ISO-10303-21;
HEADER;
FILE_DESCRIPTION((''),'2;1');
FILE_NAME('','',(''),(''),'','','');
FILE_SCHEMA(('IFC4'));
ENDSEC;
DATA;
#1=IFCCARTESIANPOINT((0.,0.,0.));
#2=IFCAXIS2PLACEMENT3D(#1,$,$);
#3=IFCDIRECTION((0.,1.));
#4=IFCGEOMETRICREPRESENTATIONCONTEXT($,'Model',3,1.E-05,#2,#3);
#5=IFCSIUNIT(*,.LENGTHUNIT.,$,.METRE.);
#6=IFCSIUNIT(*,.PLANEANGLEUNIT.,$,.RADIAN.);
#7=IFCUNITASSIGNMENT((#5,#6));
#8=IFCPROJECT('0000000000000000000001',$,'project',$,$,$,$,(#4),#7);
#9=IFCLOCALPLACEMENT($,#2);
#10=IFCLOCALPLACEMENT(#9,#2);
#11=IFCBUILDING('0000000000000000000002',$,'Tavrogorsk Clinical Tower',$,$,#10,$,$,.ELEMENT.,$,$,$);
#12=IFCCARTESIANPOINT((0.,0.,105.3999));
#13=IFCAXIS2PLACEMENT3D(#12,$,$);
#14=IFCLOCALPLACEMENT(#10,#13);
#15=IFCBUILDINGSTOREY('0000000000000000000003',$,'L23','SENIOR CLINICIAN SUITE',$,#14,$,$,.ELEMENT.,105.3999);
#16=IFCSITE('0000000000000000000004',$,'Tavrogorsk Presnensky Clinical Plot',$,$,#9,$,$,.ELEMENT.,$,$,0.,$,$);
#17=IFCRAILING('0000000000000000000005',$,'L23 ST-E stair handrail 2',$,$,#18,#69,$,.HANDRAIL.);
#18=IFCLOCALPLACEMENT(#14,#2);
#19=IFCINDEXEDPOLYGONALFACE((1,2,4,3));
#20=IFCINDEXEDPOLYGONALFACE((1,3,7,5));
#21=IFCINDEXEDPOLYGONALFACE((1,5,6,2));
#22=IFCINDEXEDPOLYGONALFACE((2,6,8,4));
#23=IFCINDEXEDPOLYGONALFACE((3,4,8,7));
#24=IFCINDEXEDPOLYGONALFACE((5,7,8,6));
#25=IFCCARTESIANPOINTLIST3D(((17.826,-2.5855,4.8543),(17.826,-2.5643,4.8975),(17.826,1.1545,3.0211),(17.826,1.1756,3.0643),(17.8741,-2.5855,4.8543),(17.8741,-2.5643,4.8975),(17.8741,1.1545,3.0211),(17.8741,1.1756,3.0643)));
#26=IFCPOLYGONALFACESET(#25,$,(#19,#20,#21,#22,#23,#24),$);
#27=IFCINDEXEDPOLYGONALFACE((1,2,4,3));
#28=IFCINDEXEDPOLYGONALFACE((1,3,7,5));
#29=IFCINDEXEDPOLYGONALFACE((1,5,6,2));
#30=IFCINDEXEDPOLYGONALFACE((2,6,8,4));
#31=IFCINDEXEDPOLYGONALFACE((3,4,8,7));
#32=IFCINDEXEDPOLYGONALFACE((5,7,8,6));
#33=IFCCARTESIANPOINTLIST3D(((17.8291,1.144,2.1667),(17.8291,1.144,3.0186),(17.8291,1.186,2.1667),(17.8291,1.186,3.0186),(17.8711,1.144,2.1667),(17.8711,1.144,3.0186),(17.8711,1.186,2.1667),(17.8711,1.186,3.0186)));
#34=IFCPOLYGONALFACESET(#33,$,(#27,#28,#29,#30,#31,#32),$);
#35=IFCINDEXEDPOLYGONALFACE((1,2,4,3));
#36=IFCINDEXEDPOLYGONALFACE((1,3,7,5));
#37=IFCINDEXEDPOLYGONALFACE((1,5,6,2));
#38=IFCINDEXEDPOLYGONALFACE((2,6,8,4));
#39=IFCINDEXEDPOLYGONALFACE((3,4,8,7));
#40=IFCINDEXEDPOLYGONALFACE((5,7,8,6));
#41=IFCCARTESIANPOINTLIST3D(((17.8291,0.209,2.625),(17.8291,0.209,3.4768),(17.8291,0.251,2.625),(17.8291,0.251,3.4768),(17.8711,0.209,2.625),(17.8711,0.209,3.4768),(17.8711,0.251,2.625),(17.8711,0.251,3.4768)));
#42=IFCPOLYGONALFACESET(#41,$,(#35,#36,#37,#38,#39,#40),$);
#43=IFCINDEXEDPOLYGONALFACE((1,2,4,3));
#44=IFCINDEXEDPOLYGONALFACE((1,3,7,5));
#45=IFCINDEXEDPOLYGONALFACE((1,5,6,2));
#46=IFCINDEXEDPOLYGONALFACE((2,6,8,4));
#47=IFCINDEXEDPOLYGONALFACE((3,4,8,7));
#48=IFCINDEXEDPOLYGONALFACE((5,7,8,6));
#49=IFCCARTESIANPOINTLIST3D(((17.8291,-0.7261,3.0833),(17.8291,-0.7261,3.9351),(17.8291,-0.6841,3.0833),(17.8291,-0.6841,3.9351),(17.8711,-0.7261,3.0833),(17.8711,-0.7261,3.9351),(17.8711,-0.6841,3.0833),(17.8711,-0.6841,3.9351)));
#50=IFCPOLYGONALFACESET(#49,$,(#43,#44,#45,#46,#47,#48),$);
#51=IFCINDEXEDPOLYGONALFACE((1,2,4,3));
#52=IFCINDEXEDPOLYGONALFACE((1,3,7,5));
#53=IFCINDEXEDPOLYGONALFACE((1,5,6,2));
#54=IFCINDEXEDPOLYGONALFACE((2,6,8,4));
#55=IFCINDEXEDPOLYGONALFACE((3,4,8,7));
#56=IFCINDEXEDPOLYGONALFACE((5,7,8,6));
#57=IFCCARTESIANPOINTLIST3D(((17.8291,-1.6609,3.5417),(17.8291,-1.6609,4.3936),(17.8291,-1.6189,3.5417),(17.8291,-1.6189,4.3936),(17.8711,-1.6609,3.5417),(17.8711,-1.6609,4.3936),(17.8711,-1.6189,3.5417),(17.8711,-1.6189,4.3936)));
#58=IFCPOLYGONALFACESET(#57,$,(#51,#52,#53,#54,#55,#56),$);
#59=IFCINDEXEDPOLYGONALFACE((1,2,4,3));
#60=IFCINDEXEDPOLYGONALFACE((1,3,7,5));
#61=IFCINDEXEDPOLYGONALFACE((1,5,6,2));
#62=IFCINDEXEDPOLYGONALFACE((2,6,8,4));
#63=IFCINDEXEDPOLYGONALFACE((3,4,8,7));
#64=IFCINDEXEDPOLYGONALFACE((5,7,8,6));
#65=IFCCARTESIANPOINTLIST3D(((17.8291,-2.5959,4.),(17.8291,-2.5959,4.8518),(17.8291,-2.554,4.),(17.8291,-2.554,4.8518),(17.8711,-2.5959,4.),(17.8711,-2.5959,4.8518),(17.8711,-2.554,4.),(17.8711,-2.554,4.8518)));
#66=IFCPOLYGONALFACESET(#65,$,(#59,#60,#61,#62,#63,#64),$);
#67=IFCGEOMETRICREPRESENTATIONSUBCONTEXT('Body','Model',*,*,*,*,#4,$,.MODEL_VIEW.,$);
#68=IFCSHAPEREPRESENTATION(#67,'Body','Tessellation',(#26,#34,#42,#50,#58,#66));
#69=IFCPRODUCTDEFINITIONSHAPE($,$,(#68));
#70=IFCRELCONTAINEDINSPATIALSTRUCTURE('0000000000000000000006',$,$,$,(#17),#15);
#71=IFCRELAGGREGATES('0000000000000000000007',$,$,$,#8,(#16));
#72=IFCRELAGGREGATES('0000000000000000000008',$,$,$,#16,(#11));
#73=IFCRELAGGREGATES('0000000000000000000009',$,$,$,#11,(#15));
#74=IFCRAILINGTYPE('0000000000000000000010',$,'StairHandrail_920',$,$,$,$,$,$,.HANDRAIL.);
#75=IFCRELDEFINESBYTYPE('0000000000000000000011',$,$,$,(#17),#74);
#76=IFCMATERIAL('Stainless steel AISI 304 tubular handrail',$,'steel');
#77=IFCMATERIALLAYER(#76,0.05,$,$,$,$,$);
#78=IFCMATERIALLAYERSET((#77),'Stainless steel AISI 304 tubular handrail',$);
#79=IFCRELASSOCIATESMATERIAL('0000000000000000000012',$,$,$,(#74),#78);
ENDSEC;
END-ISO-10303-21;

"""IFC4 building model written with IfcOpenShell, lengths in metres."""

from ifc_helpers import new_model, si_unit, direction, frame, origin, origin_2d, place, context, subcontext, project, spatial, rectangle, extrude, material, layer, layer_set, type_object, element, save


model = new_model("IFC4")

# Units and contexts
model_context = context("Model", 3, precision=1e-05, world=origin(), true_north=direction((0.0, 1.0)))
body_context = subcontext(model_context, "Body", "Model", "MODEL_VIEW")
ifc_project = project(units=[si_unit("LENGTHUNIT", "METRE"), si_unit("PLANEANGLEUNIT", "RADIAN")], contexts=[model_context])

# Site, building, storey
site_placement = place(None, origin())
site = spatial("IfcSite", under=ifc_project, at=site_placement, Name="Tavrogorsk Presnensky Clinical Plot", CompositionType="ELEMENT", RefElevation=0.0)
building_placement = place(site_placement, origin())
building = spatial("IfcBuilding", under=site, at=building_placement, Name="Tavrogorsk Clinical Tower", CompositionType="ELEMENT")
storey_placement = place(building_placement, frame((0.0, 0.0, 105.3999)))
storey = spatial("IfcBuildingStorey", under=building, at=storey_placement, Name="L23", Description="SENIOR CLINICIAN SUITE", CompositionType="ELEMENT", Elevation=105.3999)

# Railing
ifc_material_1 = material(Name="Stainless steel AISI 304 tubular handrail", Category="steel")
ifc_layer_1 = layer(ifc_material_1, 0.05)
ifc_layer_set_1 = layer_set([ifc_layer_1], Name="Stainless steel AISI 304 tubular handrail")
railing_type_1 = type_object("IfcRailingType", Name="StairHandrail_920", PredefinedType="HANDRAIL", material=ifc_layer_set_1)
railing_1_placement = place(storey_placement, frame((17.8501, 1.165, 2.1667)))
element("IfcRailing", 1, at=railing_1_placement, inside=storey, type_object=railing_type_1, Name="L23 ST-E stair handrail 2", PredefinedType="HANDRAIL", context=body_context, shape_type="SweptSolid", body=[
    extrude(rectangle(XDim=0.0481, YDim=0.0481, at=origin_2d()), frame((0.0, 0.0, 0.876), z_axis=(0.0, -0.897928, 0.440142), x_axis=(1.0, 0.0, 0.0)), (0.0, 0.0, 1.0), 4.165),
    extrude(rectangle(XDim=0.042, YDim=0.042, at=origin_2d()), origin(), (0.0, 0.0, 1.0), 0.8518),
    extrude(rectangle(XDim=0.042, YDim=0.042, at=origin_2d()), frame((0.0, -0.9351, 0.4583)), (0.0, 0.0, 1.0), 0.8518),
    extrude(rectangle(XDim=0.042, YDim=0.042, at=origin_2d()), frame((0.0, -1.8701, 0.9165)), (0.0, 0.0, 1.0), 0.8518),
    extrude(rectangle(XDim=0.042, YDim=0.042, at=origin_2d()), frame((0.0, -2.8049, 1.375)), (0.0, 0.0, 1.0), 0.8518),
    extrude(rectangle(XDim=0.042, YDim=0.042, at=origin_2d()), frame((0.0, -3.74, 1.8333)), (0.0, 0.0, 1.0), 0.8518),
])

save(model, "model.ifc")
